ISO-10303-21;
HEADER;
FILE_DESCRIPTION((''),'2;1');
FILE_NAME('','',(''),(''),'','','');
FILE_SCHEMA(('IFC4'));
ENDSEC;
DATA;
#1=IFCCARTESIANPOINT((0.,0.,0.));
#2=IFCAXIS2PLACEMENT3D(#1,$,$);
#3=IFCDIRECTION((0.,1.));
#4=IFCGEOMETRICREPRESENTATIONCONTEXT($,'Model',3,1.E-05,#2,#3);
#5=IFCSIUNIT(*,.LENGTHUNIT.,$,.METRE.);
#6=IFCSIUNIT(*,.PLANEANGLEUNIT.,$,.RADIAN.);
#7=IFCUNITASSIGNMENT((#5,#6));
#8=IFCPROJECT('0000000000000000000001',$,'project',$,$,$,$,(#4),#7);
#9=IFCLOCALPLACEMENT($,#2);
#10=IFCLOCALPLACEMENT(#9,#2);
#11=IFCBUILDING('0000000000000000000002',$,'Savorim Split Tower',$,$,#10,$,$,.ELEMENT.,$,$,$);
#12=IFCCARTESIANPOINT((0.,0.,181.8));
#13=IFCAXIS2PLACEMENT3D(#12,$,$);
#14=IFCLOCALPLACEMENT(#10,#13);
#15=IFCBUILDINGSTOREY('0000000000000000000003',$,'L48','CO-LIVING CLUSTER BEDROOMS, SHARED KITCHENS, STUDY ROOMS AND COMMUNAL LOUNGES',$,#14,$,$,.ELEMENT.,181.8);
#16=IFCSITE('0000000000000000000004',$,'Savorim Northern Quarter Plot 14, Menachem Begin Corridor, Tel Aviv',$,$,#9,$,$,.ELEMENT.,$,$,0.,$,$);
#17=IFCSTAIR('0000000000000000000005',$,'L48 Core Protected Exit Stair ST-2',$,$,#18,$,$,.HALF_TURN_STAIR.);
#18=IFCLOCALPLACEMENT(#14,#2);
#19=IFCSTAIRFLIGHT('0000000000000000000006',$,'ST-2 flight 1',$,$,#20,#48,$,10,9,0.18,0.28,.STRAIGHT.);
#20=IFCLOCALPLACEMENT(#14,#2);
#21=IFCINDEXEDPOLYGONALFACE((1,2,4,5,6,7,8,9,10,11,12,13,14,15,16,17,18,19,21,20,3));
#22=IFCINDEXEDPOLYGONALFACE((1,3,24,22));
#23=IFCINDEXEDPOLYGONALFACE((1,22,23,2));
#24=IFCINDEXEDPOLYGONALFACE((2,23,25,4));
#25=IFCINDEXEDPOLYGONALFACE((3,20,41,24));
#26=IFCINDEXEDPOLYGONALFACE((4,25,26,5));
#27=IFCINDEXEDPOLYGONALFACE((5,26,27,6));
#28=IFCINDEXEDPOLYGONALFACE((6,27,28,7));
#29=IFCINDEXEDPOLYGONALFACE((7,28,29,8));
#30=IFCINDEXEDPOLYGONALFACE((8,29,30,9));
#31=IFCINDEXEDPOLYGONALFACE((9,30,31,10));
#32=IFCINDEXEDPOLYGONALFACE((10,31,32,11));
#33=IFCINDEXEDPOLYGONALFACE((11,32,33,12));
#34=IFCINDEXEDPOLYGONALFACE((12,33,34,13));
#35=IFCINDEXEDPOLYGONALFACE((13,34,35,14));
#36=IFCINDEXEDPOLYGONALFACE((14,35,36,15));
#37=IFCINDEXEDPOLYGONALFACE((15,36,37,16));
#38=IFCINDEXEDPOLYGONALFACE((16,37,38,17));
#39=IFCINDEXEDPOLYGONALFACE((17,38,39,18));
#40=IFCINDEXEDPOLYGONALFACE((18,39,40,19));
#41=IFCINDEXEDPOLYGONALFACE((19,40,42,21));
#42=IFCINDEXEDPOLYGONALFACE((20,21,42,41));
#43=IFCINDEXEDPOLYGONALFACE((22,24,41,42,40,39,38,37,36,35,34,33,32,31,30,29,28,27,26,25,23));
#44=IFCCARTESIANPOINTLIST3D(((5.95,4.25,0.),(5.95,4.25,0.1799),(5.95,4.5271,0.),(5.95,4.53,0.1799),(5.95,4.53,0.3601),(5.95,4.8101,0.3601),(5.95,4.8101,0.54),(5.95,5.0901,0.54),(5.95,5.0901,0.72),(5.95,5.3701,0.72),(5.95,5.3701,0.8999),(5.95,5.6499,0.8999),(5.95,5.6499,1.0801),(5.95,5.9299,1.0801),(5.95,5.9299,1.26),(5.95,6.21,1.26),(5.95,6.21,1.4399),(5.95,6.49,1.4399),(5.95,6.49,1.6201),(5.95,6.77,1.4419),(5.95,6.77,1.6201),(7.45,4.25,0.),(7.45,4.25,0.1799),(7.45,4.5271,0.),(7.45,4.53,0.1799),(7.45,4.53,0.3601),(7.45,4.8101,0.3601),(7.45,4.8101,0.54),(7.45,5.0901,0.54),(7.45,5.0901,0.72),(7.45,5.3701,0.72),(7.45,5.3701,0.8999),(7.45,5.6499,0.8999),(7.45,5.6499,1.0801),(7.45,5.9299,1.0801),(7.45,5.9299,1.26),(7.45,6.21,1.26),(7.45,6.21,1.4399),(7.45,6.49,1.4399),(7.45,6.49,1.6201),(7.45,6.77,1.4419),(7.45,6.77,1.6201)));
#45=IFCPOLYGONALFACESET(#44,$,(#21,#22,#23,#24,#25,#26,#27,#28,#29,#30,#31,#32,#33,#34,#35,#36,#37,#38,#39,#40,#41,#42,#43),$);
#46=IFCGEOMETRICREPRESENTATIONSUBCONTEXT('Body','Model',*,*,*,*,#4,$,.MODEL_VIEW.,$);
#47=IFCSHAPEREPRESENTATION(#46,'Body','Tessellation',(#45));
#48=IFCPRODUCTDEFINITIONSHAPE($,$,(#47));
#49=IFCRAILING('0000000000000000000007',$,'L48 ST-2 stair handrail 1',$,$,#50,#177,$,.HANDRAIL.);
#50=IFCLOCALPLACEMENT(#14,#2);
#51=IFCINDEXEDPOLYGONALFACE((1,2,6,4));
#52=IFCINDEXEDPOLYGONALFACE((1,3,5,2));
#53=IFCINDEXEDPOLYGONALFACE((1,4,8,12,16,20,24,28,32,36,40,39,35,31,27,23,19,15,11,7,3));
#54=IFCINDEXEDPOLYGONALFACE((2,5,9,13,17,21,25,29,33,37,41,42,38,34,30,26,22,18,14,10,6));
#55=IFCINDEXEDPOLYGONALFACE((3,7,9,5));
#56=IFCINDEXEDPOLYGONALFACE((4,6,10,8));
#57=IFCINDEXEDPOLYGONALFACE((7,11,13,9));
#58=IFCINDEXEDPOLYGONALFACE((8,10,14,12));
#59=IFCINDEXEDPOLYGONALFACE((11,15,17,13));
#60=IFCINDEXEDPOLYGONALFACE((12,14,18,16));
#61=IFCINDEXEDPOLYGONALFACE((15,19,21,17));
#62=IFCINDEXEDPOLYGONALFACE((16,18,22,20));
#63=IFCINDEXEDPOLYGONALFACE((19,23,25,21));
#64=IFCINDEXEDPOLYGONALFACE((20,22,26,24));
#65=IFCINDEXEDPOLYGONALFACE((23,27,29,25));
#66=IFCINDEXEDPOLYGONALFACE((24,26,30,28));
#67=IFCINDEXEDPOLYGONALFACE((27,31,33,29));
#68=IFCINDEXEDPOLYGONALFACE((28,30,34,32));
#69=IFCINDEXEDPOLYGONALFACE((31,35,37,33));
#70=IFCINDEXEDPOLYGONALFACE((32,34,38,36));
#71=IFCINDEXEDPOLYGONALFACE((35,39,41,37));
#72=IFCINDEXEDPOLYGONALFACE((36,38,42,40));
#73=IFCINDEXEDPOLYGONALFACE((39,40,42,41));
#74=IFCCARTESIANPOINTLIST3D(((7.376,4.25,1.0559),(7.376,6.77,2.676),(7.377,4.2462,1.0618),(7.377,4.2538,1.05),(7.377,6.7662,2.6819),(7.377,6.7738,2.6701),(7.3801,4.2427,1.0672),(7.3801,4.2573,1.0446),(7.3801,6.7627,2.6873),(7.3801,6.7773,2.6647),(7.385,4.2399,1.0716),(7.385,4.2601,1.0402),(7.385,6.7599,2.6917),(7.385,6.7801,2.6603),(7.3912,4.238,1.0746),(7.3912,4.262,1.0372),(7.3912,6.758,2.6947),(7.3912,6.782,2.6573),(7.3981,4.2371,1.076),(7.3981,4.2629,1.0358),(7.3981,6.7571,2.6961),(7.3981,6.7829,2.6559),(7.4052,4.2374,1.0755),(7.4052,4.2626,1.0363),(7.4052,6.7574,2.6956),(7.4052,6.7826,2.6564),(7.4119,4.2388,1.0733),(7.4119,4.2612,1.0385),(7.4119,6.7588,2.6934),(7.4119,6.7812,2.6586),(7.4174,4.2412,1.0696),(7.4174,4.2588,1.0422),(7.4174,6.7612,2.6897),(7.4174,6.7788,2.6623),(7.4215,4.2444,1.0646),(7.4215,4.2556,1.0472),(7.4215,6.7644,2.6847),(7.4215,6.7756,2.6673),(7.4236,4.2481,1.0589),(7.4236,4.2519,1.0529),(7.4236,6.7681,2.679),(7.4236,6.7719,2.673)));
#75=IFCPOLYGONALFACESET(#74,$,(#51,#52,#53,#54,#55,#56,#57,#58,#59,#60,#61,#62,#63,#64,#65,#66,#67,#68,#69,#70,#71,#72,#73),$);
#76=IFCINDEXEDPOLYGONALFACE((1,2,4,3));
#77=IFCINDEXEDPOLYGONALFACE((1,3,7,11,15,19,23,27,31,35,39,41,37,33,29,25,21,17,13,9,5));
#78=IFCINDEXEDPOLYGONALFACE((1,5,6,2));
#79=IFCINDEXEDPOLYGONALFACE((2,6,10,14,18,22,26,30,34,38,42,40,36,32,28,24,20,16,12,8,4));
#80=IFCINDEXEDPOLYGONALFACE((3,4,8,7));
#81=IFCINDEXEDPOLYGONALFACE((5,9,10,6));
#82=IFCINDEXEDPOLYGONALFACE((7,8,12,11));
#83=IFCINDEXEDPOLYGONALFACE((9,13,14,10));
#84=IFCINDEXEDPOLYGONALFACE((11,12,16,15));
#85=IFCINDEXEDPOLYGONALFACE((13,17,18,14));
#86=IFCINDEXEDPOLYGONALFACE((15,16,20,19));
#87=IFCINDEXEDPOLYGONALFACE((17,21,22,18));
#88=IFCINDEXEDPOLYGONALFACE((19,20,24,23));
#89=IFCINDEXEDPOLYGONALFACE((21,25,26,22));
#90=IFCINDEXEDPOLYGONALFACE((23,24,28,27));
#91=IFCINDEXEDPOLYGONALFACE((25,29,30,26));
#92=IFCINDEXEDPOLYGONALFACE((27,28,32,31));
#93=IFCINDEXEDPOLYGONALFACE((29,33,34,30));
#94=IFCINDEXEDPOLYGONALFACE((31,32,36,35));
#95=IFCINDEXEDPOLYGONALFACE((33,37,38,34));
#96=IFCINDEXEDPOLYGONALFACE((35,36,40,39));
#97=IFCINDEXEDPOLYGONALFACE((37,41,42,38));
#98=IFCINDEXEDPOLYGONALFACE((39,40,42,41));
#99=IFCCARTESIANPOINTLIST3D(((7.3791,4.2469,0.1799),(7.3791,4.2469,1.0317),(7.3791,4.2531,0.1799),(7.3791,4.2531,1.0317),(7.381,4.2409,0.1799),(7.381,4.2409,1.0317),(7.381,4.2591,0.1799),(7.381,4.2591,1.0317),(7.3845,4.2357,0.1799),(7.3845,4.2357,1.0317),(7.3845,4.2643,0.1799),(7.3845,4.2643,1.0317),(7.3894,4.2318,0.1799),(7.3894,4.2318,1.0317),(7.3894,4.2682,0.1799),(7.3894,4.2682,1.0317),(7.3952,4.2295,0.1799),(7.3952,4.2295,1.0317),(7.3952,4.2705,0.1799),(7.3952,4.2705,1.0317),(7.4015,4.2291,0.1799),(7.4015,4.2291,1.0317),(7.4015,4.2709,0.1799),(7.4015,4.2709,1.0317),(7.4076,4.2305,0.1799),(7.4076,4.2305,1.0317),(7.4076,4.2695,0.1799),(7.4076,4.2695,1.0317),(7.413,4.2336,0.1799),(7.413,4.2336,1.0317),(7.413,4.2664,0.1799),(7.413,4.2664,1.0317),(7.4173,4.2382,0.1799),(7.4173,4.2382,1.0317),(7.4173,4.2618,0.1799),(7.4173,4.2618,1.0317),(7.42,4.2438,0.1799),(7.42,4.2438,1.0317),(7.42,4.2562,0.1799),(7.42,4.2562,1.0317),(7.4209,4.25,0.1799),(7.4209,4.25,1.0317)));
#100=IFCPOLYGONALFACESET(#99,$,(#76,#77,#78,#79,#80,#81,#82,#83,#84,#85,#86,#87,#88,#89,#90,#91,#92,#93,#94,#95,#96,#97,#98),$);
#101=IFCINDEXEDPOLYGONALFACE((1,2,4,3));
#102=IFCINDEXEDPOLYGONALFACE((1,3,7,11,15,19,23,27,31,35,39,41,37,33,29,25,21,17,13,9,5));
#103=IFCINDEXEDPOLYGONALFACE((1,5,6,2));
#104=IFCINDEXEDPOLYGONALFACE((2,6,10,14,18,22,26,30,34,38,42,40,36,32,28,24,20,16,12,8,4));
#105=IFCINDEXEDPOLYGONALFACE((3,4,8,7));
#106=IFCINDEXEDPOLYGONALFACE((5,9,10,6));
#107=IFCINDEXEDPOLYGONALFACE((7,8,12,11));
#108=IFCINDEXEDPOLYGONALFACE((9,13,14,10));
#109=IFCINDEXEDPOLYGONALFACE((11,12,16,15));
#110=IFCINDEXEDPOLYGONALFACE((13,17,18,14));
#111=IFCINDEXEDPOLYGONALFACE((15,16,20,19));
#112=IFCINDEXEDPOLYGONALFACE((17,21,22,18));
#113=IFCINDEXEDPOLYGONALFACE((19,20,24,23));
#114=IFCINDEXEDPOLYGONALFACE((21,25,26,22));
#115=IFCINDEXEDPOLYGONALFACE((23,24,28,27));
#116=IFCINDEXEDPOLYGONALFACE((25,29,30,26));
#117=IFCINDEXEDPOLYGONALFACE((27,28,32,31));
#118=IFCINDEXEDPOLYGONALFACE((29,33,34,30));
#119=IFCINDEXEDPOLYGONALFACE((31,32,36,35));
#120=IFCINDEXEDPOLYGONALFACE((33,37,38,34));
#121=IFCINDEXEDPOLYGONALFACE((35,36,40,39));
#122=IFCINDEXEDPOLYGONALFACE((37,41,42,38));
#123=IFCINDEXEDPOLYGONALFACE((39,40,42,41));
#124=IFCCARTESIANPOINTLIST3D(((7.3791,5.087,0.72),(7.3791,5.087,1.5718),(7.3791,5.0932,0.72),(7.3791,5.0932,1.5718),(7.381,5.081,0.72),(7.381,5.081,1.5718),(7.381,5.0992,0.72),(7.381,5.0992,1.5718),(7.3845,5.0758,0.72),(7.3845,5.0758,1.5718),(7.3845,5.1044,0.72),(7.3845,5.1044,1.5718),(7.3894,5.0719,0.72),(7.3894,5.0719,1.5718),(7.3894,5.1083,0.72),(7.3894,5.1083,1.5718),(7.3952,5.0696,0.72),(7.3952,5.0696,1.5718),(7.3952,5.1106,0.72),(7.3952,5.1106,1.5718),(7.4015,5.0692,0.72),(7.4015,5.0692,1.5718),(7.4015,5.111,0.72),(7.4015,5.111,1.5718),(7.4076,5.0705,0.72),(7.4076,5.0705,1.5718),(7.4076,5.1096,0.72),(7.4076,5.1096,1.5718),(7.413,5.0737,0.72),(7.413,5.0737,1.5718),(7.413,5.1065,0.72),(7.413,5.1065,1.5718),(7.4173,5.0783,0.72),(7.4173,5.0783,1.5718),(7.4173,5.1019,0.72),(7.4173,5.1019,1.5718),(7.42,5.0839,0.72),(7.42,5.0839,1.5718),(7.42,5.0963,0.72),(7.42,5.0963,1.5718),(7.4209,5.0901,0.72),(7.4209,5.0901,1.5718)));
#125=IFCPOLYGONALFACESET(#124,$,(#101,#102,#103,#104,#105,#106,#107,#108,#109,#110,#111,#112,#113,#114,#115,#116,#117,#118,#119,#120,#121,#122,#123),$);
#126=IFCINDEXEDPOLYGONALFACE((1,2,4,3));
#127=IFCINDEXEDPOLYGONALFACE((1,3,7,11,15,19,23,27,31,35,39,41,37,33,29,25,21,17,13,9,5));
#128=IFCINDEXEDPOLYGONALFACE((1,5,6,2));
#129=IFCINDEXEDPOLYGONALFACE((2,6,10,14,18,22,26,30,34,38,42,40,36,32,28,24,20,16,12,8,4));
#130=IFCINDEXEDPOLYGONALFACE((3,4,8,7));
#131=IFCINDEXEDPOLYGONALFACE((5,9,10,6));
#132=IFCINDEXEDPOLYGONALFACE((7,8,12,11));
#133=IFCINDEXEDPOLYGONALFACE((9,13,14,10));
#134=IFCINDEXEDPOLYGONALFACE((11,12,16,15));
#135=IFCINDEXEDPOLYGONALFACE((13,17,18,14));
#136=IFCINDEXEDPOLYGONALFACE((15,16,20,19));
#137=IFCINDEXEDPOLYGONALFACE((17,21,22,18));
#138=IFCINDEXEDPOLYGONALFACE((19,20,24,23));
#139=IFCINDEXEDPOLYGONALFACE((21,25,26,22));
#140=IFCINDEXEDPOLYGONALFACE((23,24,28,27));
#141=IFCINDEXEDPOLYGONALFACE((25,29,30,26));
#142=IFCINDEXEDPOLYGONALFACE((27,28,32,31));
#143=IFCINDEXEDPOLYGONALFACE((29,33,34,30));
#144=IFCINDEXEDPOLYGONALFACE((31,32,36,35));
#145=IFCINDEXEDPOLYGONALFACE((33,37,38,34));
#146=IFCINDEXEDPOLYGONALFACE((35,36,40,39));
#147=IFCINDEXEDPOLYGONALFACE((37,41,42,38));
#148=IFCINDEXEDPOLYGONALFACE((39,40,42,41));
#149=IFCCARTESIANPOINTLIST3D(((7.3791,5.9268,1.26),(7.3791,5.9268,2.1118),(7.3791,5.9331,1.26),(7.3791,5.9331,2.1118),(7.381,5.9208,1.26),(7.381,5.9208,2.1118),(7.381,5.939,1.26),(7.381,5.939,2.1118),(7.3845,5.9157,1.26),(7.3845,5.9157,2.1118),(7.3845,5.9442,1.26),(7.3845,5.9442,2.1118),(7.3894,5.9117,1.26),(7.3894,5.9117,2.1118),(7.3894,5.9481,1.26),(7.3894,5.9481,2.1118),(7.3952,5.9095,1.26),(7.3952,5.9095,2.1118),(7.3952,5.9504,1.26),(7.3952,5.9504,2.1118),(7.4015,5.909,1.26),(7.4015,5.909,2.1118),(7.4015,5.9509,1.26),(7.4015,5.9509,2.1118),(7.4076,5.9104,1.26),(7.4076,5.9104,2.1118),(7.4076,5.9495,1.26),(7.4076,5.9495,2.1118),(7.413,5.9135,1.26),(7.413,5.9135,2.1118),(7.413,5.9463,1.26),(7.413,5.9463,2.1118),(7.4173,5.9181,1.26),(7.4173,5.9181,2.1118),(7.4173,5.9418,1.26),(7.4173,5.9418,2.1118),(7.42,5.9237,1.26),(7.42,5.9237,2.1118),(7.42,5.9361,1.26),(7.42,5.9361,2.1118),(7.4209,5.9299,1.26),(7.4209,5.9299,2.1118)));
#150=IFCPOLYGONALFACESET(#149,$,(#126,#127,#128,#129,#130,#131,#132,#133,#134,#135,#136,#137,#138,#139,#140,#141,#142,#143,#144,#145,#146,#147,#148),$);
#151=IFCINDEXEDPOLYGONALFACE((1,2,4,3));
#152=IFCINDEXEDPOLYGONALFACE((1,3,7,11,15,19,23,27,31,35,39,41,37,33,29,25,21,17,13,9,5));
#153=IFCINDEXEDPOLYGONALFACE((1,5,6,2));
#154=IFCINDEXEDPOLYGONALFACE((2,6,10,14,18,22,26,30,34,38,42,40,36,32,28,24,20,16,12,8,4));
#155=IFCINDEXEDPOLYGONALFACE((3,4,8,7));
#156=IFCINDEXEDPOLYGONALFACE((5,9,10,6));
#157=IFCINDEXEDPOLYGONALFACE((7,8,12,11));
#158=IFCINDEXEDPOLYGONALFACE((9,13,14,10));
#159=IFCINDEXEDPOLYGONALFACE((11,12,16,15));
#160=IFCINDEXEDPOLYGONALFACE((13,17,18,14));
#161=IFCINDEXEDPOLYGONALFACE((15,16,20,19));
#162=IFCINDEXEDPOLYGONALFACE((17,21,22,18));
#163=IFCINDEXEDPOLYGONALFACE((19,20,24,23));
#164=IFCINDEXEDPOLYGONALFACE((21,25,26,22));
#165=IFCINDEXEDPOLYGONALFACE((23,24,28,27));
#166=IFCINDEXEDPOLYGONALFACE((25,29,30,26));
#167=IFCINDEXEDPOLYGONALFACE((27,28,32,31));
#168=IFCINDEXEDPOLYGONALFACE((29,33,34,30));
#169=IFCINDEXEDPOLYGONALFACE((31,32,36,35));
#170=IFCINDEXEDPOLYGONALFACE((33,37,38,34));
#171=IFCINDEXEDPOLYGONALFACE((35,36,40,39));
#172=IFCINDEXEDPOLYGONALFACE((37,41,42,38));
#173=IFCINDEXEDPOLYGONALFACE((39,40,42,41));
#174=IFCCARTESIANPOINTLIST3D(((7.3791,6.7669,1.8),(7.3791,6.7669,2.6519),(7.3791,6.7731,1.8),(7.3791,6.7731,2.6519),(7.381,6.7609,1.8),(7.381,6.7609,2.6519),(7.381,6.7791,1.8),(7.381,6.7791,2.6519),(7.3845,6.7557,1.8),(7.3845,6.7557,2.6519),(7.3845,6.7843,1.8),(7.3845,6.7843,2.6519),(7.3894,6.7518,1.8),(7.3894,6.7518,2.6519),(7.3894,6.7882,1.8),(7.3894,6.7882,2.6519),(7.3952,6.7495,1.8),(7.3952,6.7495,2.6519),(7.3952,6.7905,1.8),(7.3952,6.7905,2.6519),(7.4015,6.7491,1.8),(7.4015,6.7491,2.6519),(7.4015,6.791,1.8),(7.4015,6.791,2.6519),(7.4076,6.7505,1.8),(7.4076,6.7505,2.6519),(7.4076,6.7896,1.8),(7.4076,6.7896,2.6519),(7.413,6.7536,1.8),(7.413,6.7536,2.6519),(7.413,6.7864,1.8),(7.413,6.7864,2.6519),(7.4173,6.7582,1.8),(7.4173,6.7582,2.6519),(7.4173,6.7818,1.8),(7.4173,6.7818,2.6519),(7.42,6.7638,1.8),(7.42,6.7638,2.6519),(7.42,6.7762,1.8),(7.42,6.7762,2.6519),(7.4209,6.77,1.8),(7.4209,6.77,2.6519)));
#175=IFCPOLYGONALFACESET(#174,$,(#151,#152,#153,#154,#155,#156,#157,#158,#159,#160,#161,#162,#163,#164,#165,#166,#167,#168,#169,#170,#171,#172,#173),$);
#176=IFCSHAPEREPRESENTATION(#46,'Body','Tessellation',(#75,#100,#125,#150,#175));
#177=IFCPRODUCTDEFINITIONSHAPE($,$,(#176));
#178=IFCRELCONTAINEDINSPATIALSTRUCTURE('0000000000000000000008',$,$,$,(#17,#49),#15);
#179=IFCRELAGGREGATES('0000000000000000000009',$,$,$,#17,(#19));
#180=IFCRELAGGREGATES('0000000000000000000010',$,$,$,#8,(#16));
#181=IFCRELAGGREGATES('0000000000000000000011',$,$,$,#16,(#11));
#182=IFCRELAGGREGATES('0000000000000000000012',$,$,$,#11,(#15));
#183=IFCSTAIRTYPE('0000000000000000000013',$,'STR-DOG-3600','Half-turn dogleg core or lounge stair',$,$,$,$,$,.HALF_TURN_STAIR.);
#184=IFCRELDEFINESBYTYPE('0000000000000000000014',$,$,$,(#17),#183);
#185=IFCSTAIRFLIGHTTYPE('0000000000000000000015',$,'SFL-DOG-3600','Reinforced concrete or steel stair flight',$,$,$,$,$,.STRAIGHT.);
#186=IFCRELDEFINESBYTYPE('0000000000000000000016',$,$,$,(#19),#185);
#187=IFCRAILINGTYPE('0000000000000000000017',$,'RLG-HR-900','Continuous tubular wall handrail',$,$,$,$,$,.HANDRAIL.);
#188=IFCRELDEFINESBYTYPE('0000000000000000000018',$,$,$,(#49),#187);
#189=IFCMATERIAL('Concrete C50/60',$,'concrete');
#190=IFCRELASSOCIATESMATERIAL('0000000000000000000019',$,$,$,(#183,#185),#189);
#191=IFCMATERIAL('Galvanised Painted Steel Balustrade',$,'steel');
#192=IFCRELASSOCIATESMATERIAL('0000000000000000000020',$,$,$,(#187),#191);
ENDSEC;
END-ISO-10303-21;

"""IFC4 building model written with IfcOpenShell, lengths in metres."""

from ifc_helpers import new_model, si_unit, direction, frame, origin, origin_2d, place, context, subcontext, project, spatial, polyline, circle, outline, extrude, material, type_object, element, aggregate, save


model = new_model("IFC4")

# Units and contexts
model_context = context("Model", 3, precision=1e-05, world=origin(), true_north=direction((0.0, 1.0)))
body_context = subcontext(model_context, "Body", "Model", "MODEL_VIEW")
ifc_project = project(units=[si_unit("LENGTHUNIT", "METRE"), si_unit("PLANEANGLEUNIT", "RADIAN")], contexts=[model_context])

# Site, building, storey
site_placement = place(None, origin())
site = spatial("IfcSite", under=ifc_project, at=site_placement, Name="Savorim Northern Quarter Plot 14, Menachem Begin Corridor, Tel Aviv", CompositionType="ELEMENT", RefElevation=0.0)
building_placement = place(site_placement, origin())
building = spatial("IfcBuilding", under=site, at=building_placement, Name="Savorim Split Tower", CompositionType="ELEMENT")
storey_placement = place(building_placement, frame((0.0, 0.0, 181.8)))
storey = spatial("IfcBuildingStorey", under=building, at=storey_placement, Name="L48", Description="CO-LIVING CLUSTER BEDROOMS, SHARED KITCHENS, STUDY ROOMS AND COMMUNAL LOUNGES", CompositionType="ELEMENT", Elevation=181.8)

# Shared definitions
ifc_material_1 = material(Name="Concrete C50/60", Category="concrete")

# Stair, stair flight
stair_type = type_object("IfcStairType", Name="STR-DOG-3600", Description="Half-turn dogleg core or lounge stair", PredefinedType="HALF_TURN_STAIR", material=ifc_material_1)
stair_placement = place(storey_placement, origin())
stair = element("IfcStair", 1, at=stair_placement, inside=storey, type_object=stair_type, Name="L48 Core Protected Exit Stair ST-2", PredefinedType="HALF_TURN_STAIR")
stair_flight_type = type_object("IfcStairFlightType", Name="SFL-DOG-3600", Description="Reinforced concrete or steel stair flight", PredefinedType="STRAIGHT", material=ifc_material_1)
stair_flight_placement = place(storey_placement, frame((6.7, 4.25, 0.0), z_axis=(0.0, 0.0, 1.0), x_axis=(0.0, 1.0, 0.0)))
stair_flight = element("IfcStairFlight", 2, at=stair_flight_placement, type_object=stair_flight_type, Name="ST-2 flight 1", NumberOfRisers=10, NumberOfTreads=9, PredefinedType="STRAIGHT", RiserHeight=0.18, TreadLength=0.28, context=body_context, shape_type="SweptSolid", body=[
    extrude(outline(polyline([(0.0, 0.0), (0.0, 0.1799), (0.28, 0.1799), (0.28, 0.3601), (0.5601, 0.3601), (0.5601, 0.54), (0.8401, 0.54), (0.8401, 0.72), (1.1201, 0.72), (1.1201, 0.8999), (1.3999, 0.8999), (1.3999, 1.0801), (1.6799, 1.0801), (1.6799, 1.26), (1.96, 1.26), (1.96, 1.4399), (2.24, 1.4399), (2.24, 1.6201), (2.52, 1.6201), (2.52, 1.8), (2.52, 1.4419), (0.2771, 0.0), (0.0, 0.0)])), frame((0.0, 0.75, 0.0), z_axis=(0.0, -1.0, 0.0), x_axis=(1.0, 0.0, 0.0)), (0.0, 0.0, 1.0), 1.5),
])
aggregate(stair, [stair_flight])

# Railing
ifc_material_2 = material(Name="Galvanised Painted Steel Balustrade", Category="steel")
railing_type_1 = type_object("IfcRailingType", Name="RLG-HR-900", Description="Continuous tubular wall handrail", PredefinedType="HANDRAIL", material=ifc_material_2)
railing_1_placement = place(storey_placement, frame((7.3999, 4.25, 0.1799)))
element("IfcRailing", 3, at=railing_1_placement, inside=storey, type_object=railing_type_1, Name="L48 ST-2 stair handrail 1", PredefinedType="HANDRAIL", context=body_context, shape_type="SweptSolid", body=[
    extrude(circle(Radius=0.0239, at=origin_2d()), frame((0.0, 0.0, 0.876), z_axis=(0.0, 0.841163, 0.540782), x_axis=(-1.0, 0.0, 0.0)), (0.0, 0.0, 1.0), 2.9958),
    extrude(circle(Radius=0.021, at=origin_2d()), origin(), (0.0, 0.0, 1.0), 0.8518),
    extrude(circle(Radius=0.021, at=origin_2d()), frame((0.0, 0.8401, 0.54)), (0.0, 0.0, 1.0), 0.8518),
    extrude(circle(Radius=0.021, at=origin_2d()), frame((0.0, 1.6799, 1.0801)), (0.0, 0.0, 1.0), 0.8518),
    extrude(circle(Radius=0.021, at=origin_2d()), frame((0.0, 2.52, 1.6201)), (0.0, 0.0, 1.0), 0.8518),
])

save(model, "model.ifc")
